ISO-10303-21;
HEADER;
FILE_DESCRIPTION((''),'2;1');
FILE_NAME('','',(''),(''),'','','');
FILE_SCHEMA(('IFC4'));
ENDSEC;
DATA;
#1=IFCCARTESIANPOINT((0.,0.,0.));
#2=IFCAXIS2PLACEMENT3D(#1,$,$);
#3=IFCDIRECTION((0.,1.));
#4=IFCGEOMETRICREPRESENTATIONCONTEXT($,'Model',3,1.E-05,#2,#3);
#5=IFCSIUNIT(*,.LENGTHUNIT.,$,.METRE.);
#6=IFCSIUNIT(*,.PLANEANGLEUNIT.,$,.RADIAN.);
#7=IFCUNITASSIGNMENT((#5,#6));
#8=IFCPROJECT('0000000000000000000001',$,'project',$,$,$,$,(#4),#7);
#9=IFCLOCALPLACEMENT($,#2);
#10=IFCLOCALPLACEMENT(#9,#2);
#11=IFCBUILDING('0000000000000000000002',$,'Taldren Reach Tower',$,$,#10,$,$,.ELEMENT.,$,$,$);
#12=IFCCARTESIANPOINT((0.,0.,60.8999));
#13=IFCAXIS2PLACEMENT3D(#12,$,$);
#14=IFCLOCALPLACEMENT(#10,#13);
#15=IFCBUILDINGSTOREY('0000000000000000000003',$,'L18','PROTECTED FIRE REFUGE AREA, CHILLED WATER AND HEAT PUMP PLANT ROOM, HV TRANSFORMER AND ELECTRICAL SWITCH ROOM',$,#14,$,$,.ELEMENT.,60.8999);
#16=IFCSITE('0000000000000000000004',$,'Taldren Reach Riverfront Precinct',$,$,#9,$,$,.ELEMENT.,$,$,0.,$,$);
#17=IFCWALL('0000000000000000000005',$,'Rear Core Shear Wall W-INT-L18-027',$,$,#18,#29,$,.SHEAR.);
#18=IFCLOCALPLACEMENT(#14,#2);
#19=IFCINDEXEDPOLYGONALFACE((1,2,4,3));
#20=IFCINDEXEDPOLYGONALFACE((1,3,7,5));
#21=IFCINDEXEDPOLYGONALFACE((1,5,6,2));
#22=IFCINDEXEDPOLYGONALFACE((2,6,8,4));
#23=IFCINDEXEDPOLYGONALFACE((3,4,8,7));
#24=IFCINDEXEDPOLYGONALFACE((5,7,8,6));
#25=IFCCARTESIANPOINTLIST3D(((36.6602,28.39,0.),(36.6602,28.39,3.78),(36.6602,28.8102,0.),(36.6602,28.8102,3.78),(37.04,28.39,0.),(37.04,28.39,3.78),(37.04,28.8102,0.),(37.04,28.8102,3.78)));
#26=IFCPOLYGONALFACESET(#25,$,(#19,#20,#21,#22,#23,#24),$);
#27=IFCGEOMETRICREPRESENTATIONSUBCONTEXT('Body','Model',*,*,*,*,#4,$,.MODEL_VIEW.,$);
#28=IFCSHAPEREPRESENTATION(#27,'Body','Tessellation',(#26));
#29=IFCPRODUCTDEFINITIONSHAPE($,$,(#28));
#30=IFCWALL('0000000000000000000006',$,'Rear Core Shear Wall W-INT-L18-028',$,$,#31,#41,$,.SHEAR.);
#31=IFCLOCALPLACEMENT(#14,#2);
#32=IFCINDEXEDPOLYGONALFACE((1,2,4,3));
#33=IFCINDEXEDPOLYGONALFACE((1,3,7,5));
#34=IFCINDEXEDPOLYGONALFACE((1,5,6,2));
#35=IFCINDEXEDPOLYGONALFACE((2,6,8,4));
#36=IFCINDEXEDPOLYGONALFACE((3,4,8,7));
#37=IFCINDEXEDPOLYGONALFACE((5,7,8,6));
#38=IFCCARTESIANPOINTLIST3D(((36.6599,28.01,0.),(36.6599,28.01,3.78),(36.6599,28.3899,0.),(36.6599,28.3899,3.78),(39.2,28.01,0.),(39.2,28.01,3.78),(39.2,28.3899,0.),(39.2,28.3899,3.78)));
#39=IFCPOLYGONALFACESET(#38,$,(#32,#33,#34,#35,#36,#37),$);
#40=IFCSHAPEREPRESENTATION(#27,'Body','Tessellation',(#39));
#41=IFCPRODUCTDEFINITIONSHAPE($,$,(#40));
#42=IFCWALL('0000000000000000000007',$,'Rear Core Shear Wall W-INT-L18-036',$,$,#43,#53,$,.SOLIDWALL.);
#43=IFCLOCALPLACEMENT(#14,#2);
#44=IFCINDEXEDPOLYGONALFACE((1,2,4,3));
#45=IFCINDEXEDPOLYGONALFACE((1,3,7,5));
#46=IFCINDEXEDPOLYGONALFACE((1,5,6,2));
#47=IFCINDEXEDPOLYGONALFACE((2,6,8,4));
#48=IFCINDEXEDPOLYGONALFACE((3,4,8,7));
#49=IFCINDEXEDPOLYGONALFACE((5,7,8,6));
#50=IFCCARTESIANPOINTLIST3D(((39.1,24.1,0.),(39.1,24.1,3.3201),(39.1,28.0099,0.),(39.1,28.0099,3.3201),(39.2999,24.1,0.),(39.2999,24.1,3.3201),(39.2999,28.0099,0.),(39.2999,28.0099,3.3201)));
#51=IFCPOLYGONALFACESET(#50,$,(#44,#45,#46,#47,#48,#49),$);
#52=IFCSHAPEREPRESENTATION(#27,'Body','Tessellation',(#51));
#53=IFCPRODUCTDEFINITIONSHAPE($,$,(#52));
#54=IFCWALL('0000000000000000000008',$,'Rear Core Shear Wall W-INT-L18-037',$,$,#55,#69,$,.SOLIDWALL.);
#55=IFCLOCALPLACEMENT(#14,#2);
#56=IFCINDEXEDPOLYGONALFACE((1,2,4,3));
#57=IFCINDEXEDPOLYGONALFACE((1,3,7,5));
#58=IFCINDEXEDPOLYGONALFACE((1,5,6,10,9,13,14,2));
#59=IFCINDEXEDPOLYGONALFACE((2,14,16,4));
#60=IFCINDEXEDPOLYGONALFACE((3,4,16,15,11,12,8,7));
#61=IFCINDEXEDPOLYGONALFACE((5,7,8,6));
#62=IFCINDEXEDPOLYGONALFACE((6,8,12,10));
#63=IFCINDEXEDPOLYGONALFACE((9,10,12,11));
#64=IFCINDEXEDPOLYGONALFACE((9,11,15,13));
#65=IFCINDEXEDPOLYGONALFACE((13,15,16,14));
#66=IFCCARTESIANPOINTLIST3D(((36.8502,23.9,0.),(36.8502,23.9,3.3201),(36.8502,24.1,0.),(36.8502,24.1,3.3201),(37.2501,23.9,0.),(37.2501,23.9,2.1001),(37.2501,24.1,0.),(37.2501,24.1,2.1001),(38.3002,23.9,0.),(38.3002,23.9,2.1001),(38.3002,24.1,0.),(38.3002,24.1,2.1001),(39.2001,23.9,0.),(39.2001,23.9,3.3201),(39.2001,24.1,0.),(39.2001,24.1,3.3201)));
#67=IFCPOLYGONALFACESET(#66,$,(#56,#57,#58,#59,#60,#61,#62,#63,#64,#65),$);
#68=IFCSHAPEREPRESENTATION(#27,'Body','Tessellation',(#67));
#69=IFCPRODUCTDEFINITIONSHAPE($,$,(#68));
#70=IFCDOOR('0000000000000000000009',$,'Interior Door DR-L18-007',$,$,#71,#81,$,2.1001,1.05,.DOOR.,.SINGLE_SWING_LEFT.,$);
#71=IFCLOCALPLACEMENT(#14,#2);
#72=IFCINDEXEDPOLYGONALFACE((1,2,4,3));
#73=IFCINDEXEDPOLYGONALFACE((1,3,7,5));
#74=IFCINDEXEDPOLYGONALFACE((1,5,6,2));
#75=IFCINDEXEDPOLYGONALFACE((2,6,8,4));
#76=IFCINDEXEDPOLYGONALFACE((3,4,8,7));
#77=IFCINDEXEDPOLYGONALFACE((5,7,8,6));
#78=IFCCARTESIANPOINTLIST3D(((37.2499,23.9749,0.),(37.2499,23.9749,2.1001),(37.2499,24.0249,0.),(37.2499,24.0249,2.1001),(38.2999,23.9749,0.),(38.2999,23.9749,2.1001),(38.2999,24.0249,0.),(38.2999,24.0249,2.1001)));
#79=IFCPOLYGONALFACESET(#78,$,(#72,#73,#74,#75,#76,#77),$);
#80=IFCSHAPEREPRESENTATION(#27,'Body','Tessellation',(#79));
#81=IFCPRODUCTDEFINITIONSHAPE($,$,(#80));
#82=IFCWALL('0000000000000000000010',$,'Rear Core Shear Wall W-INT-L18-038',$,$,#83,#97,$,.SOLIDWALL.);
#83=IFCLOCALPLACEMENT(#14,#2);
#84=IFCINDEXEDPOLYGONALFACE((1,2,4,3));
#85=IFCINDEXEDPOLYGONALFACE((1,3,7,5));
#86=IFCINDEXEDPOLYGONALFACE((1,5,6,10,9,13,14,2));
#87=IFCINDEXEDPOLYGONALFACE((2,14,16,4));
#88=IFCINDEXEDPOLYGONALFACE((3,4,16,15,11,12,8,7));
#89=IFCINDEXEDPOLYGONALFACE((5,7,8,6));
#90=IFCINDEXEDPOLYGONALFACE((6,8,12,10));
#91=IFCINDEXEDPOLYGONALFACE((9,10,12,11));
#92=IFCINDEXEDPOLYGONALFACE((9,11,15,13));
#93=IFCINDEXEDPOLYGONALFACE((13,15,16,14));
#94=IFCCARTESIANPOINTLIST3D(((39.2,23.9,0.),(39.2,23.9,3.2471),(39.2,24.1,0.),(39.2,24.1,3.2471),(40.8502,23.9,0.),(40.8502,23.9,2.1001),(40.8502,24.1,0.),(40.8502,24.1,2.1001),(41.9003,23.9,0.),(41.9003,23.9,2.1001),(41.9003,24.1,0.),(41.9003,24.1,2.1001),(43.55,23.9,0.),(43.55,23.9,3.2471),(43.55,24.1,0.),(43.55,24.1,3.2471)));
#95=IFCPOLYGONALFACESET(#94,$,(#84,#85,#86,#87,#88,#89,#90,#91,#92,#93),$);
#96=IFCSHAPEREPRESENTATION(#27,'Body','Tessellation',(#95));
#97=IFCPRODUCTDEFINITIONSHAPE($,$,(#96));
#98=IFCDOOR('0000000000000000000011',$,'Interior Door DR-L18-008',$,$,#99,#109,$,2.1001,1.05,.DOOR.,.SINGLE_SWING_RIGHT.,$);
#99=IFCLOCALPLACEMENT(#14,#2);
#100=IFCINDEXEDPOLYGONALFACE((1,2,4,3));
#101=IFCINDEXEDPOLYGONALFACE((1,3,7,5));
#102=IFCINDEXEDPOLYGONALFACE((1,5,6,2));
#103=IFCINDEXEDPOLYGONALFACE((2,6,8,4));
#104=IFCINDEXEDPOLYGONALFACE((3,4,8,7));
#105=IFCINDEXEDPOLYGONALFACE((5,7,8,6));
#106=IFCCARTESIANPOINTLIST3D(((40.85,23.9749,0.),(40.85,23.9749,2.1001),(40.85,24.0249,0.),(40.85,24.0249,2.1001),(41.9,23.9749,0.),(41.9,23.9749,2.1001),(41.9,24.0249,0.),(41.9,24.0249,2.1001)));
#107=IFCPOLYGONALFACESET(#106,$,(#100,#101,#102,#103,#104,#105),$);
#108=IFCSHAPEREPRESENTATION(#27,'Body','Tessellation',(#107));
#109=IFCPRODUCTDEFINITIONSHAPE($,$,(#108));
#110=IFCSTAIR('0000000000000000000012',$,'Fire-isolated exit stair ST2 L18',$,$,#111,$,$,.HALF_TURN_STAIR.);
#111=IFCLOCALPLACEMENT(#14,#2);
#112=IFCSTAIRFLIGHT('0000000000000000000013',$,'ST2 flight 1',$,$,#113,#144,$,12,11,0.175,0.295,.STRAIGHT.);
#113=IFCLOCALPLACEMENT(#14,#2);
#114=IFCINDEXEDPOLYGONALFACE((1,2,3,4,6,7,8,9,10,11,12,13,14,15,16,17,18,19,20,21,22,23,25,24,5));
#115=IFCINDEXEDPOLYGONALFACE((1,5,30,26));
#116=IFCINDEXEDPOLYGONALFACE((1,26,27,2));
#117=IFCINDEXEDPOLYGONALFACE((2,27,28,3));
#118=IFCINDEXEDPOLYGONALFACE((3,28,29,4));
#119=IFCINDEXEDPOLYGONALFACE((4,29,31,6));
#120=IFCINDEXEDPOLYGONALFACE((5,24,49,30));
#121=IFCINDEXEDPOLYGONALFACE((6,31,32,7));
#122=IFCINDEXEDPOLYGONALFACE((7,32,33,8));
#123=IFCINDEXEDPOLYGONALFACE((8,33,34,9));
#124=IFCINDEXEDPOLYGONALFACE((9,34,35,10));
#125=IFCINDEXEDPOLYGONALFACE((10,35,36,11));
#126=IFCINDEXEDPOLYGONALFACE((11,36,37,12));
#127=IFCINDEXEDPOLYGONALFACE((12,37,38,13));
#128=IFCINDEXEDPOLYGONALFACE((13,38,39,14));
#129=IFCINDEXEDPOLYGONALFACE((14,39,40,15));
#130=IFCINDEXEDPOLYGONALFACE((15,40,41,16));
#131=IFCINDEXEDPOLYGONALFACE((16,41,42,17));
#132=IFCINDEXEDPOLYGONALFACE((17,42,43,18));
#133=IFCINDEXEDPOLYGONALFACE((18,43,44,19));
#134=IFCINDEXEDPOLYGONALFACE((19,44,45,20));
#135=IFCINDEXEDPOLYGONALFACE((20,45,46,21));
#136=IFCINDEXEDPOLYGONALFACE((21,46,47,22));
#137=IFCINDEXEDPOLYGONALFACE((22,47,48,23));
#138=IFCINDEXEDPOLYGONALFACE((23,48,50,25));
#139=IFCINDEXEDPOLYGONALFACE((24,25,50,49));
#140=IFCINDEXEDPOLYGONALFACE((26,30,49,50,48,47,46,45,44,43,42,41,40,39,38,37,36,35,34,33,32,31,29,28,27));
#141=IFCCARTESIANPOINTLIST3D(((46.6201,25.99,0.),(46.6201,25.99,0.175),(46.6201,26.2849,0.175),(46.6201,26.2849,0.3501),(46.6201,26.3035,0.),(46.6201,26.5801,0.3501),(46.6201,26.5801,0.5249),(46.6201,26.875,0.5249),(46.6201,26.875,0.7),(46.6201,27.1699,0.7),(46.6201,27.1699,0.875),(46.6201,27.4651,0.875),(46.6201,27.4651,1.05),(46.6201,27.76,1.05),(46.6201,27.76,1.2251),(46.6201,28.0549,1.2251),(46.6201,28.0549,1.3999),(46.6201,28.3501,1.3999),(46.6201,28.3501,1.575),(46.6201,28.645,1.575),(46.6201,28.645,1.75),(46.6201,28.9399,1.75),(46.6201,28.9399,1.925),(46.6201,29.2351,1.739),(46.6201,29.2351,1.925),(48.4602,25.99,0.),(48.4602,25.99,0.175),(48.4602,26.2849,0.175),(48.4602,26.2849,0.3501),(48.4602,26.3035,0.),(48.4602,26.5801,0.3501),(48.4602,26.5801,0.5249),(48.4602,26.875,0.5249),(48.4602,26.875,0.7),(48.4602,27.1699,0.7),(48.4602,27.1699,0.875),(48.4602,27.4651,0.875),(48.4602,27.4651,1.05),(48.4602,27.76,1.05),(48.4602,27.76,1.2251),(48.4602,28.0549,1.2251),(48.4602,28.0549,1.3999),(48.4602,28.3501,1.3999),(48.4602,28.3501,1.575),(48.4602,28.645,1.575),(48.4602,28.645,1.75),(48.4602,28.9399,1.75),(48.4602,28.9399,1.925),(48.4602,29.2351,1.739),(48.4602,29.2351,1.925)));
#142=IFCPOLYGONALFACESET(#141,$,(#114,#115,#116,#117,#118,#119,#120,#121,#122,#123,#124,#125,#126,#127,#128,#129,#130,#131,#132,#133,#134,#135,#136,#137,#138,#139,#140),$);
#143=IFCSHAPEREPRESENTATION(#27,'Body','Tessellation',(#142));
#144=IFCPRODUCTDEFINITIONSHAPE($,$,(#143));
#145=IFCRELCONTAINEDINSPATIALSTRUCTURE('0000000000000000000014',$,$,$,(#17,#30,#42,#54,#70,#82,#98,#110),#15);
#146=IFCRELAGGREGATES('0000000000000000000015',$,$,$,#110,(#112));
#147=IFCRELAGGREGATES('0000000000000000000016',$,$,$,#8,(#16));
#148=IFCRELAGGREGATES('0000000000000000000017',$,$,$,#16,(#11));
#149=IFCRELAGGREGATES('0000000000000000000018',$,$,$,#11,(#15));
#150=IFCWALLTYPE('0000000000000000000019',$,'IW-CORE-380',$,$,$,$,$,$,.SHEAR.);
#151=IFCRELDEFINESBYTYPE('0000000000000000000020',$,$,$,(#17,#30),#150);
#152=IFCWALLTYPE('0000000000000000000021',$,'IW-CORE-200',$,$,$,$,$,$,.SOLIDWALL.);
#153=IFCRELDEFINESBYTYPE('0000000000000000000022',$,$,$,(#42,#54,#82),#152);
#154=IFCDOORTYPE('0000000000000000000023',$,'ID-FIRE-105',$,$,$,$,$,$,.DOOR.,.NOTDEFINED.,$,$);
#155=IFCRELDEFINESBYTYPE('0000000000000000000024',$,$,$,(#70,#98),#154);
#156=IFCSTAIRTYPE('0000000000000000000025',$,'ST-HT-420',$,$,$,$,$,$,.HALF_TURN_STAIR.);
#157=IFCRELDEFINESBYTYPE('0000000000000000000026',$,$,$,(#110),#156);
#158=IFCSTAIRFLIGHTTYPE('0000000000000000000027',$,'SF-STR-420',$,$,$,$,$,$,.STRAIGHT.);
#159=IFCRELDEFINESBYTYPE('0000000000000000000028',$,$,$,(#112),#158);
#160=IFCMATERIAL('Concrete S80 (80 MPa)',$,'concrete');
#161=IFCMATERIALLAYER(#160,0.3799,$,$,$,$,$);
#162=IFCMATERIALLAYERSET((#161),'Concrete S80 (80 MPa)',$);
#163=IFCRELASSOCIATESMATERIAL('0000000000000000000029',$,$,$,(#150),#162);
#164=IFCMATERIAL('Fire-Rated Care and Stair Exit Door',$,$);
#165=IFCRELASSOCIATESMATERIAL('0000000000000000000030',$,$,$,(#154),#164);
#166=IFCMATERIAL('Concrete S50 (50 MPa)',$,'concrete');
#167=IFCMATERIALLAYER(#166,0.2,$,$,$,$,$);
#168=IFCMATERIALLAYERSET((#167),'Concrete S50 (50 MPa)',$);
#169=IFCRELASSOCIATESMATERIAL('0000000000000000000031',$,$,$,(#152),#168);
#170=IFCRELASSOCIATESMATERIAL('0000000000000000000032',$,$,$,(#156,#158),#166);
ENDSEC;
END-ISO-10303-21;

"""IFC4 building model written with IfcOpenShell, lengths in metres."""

from ifc_helpers import new_model, si_unit, direction, frame, frame_2d, origin, place, context, subcontext, project, spatial, polyline, rectangle, outline, extrude, source, transform, mapped, material, layer, layer_set, type_object, element, fill, aggregate, save


model = new_model("IFC4")

# Units and contexts
model_context = context("Model", 3, precision=1e-05, world=origin(), true_north=direction((0.0, 1.0)))
body_context = subcontext(model_context, "Body", "Model", "MODEL_VIEW")
ifc_project = project(units=[si_unit("LENGTHUNIT", "METRE"), si_unit("PLANEANGLEUNIT", "RADIAN")], contexts=[model_context])

# Site, building, storey
site_placement = place(None, origin())
site = spatial("IfcSite", under=ifc_project, at=site_placement, Name="Taldren Reach Riverfront Precinct", CompositionType="ELEMENT", RefElevation=0.0)
building_placement = place(site_placement, origin())
building = spatial("IfcBuilding", under=site, at=building_placement, Name="Taldren Reach Tower", CompositionType="ELEMENT")
storey_placement = place(building_placement, frame((0.0, 0.0, 60.8999)))
storey = spatial("IfcBuildingStorey", under=building, at=storey_placement, Name="L18", Description="PROTECTED FIRE REFUGE AREA, CHILLED WATER AND HEAT PUMP PLANT ROOM, HV TRANSFORMER AND ELECTRICAL SWITCH ROOM", CompositionType="ELEMENT", Elevation=60.8999)

# Shared definitions
ifc_material_1 = material(Name="Concrete S80 (80 MPa)", Category="concrete")
ifc_layer_1 = layer(ifc_material_1, 0.3799)
ifc_layer_set_1 = layer_set([ifc_layer_1], Name="Concrete S80 (80 MPa)")
wall_type_1 = type_object("IfcWallType", Name="IW-CORE-380", PredefinedType="SHEAR", material=ifc_layer_set_1)

# Shared definitions
ifc_material_2 = material(Name="Fire-Rated Care and Stair Exit Door")
door_type_1 = type_object("IfcDoorType", Name="ID-FIRE-105", OperationType="NOTDEFINED", PredefinedType="DOOR", material=ifc_material_2)
shared_shape_1 = source(origin(), body_context, "Body", "SweptSolid", [
    extrude(rectangle(XDim=1.05, YDim=2.1001, at=frame_2d((0.5249, 1.05))), frame((0.0, 0.0249, 0.0), z_axis=(0.0, -1.0, 0.0), x_axis=(1.0, 0.0, 0.0)), (0.0, 0.0, 1.0), 0.05),
])

# Shared definitions
ifc_material_3 = material(Name="Concrete S50 (50 MPa)", Category="concrete")
ifc_layer_2 = layer(ifc_material_3, 0.2)
ifc_layer_set_2 = layer_set([ifc_layer_2], Name="Concrete S50 (50 MPa)")
wall_type_2 = type_object("IfcWallType", Name="IW-CORE-200", PredefinedType="SOLIDWALL", material=ifc_layer_set_2)

# Shared definitions
shared_shape_2 = source(origin(), body_context, "Body", "SweptSolid", [
    extrude(rectangle(XDim=1.05, YDim=2.1001, at=frame_2d((0.5249, 1.05))), frame((0.0, 0.1099, 0.0), z_axis=(0.0, -1.0, 0.0), x_axis=(1.0, 0.0, 0.0)), (0.0, 0.0, 1.0), 0.22),
])

# Walls
shared_shape_3 = source(origin(), body_context, "Body", "SweptSolid", [
    extrude(rectangle(XDim=0.4202, YDim=0.3799, at=frame_2d((0.21, 0.0))), origin(), (0.0, 0.0, 1.0), 3.78),
])
for number, where, z_axis, x_axis, name in (
    (1, (36.8501, 28.8101, 0.0), (0.0, 0.0, 1.0), (0.0, -1.0, 0.0), "Rear Core Shear Wall W-INT-L18-027"),
):
    element("IfcWall", number, at=place(storey_placement, frame(where, z_axis=z_axis, x_axis=x_axis)), inside=storey, type_object=wall_type_1, Name=name, PredefinedType="SHEAR", context=body_context, shape_type="MappedRepresentation", body=[
        mapped(shared_shape_3, transform((0.0, 0.0, 0.0), scale=1.0)),
    ])
shared_shape_4 = source(origin(), body_context, "Body", "SweptSolid", [
    extrude(rectangle(XDim=2.54, YDim=0.3799, at=frame_2d((1.27, 0.0))), origin(), (0.0, 0.0, 1.0), 3.78),
])
wall_1_placement = place(storey_placement, frame((36.6599, 28.2, 0.0), z_axis=(0.0, 0.0, 1.0), x_axis=(1.0, 0.0, 0.0)))
element("IfcWall", 2, at=wall_1_placement, inside=storey, type_object=wall_type_1, Name="Rear Core Shear Wall W-INT-L18-028", PredefinedType="SHEAR", context=body_context, shape_type="MappedRepresentation", body=[
    mapped(shared_shape_4, transform((0.0, 0.0, 0.0), scale=1.0)),
])
shared_shape_5 = source(origin(), body_context, "Body", "SweptSolid", [
    extrude(rectangle(XDim=3.9099, YDim=0.2, at=frame_2d((1.9551, 0.0))), origin(), (0.0, 0.0, 1.0), 3.3201),
])
wall_2_placement = place(storey_placement, frame((39.2, 28.01, 0.0), z_axis=(0.0, 0.0, 1.0), x_axis=(0.0, -1.0, 0.0)))
element("IfcWall", 3, at=wall_2_placement, inside=storey, type_object=wall_type_2, Name="Rear Core Shear Wall W-INT-L18-036", PredefinedType="SOLIDWALL", context=body_context, shape_type="MappedRepresentation", body=[
    mapped(shared_shape_5, transform((0.0, 0.0, 0.0), scale=1.0)),
])

# Walls, openings, doors
shared_shape_6 = source(origin(), body_context, "Body", "SweptSolid", [
    extrude(rectangle(XDim=2.3499, YDim=0.2, at=frame_2d((1.1748, 0.0))), origin(), (0.0, 0.0, 1.0), 3.3201),
])
wall_3_placement = place(storey_placement, frame((39.2, 24.0, 0.0), z_axis=(0.0, 0.0, 1.0), x_axis=(-1.0, 0.0, 0.0)))
wall_3 = element("IfcWall", 4, at=wall_3_placement, inside=storey, type_object=wall_type_2, Name="Rear Core Shear Wall W-INT-L18-037", PredefinedType="SOLIDWALL", context=body_context, shape_type="MappedRepresentation", body=[
    mapped(shared_shape_6, transform((0.0, 0.0, 0.0), scale=1.0)),
])
opening_1_placement = place(wall_3_placement, frame((0.8999, 0.0, 0.0)))
opening_1 = element("IfcOpeningElement", 5, at=opening_1_placement, cuts=wall_3, PredefinedType="OPENING", context=body_context, shape_type="MappedRepresentation", body=[
    mapped(shared_shape_2, transform((0.0, 0.0, 0.0), scale=1.0)),
])
door_1_placement = place(opening_1_placement, frame((1.05, 0.0, 0.0), z_axis=(0.0, 0.0, 1.0), x_axis=(-1.0, 0.0, 0.0)))
door_1 = element("IfcDoor", 6, at=door_1_placement, inside=storey, type_object=door_type_1, Name="Interior Door DR-L18-007", OperationType="SINGLE_SWING_LEFT", OverallHeight=2.1001, OverallWidth=1.05, PredefinedType="DOOR", context=body_context, shape_type="MappedRepresentation", body=[
    mapped(shared_shape_1, transform((0.0, 0.0, 0.0), scale=1.0)),
])
fill(opening_1, door_1)
shared_shape_7 = source(origin(), body_context, "Body", "SweptSolid", [
    extrude(rectangle(XDim=4.3501, YDim=0.2, at=frame_2d((2.175, 0.0))), origin(), (0.0, 0.0, 1.0), 3.2471),
])
wall_4_placement = place(storey_placement, frame((43.55, 24.0, 0.0), z_axis=(0.0, 0.0, 1.0), x_axis=(-1.0, 0.0, 0.0)))
wall_4 = element("IfcWall", 7, at=wall_4_placement, inside=storey, type_object=wall_type_2, Name="Rear Core Shear Wall W-INT-L18-038", PredefinedType="SOLIDWALL", context=body_context, shape_type="MappedRepresentation", body=[
    mapped(shared_shape_7, transform((0.0, 0.0, 0.0), scale=1.0)),
])
opening_2_placement = place(wall_4_placement, frame((1.6499, 0.0, 0.0)))
opening_2 = element("IfcOpeningElement", 8, at=opening_2_placement, cuts=wall_4, PredefinedType="OPENING", context=body_context, shape_type="MappedRepresentation", body=[
    mapped(shared_shape_2, transform((0.0, 0.0, 0.0), scale=1.0)),
])
door_2_placement = place(opening_2_placement, frame((1.05, 0.0, 0.0), z_axis=(0.0, 0.0, 1.0), x_axis=(-1.0, 0.0, 0.0)))
door_2 = element("IfcDoor", 9, at=door_2_placement, inside=storey, type_object=door_type_1, Name="Interior Door DR-L18-008", OperationType="SINGLE_SWING_RIGHT", OverallHeight=2.1001, OverallWidth=1.05, PredefinedType="DOOR", context=body_context, shape_type="MappedRepresentation", body=[
    mapped(shared_shape_1, transform((0.0, 0.0, 0.0), scale=1.0)),
])
fill(opening_2, door_2)

# Stair, stair flight
stair_type = type_object("IfcStairType", Name="ST-HT-420", PredefinedType="HALF_TURN_STAIR", material=ifc_material_3)
stair_placement = place(storey_placement, origin())
stair = element("IfcStair", 10, at=stair_placement, inside=storey, type_object=stair_type, Name="Fire-isolated exit stair ST2 L18", PredefinedType="HALF_TURN_STAIR")
stair_flight_type = type_object("IfcStairFlightType", Name="SF-STR-420", PredefinedType="STRAIGHT", material=ifc_material_3)
stair_flight_placement = place(storey_placement, frame((47.54, 25.99, 0.0), z_axis=(0.0, 0.0, 1.0), x_axis=(0.0, 1.0, 0.0)))
stair_flight = element("IfcStairFlight", 11, at=stair_flight_placement, type_object=stair_flight_type, Name="ST2 flight 1", NumberOfRisers=12, NumberOfTreads=11, PredefinedType="STRAIGHT", RiserHeight=0.175, TreadLength=0.295, context=body_context, shape_type="SweptSolid", body=[
    extrude(outline(polyline([(0.0, 0.0), (0.0, 0.175), (0.2949, 0.175), (0.2949, 0.3501), (0.5901, 0.3501), (0.5901, 0.5249), (0.885, 0.5249), (0.885, 0.7), (1.1799, 0.7), (1.1799, 0.875), (1.4751, 0.875), (1.4751, 1.05), (1.77, 1.05), (1.77, 1.2251), (2.0649, 1.2251), (2.0649, 1.3999), (2.3601, 1.3999), (2.3601, 1.575), (2.655, 1.575), (2.655, 1.75), (2.95, 1.75), (2.95, 1.925), (3.2451, 1.925), (3.2451, 2.1001), (3.2451, 1.739), (0.3135, 0.0), (0.0, 0.0)])), frame((0.0, 0.9199, 0.0), z_axis=(0.0, -1.0, 0.0), x_axis=(1.0, 0.0, 0.0)), (0.0, 0.0, 1.0), 1.8401),
])
aggregate(stair, [stair_flight])

save(model, "model.ifc")
